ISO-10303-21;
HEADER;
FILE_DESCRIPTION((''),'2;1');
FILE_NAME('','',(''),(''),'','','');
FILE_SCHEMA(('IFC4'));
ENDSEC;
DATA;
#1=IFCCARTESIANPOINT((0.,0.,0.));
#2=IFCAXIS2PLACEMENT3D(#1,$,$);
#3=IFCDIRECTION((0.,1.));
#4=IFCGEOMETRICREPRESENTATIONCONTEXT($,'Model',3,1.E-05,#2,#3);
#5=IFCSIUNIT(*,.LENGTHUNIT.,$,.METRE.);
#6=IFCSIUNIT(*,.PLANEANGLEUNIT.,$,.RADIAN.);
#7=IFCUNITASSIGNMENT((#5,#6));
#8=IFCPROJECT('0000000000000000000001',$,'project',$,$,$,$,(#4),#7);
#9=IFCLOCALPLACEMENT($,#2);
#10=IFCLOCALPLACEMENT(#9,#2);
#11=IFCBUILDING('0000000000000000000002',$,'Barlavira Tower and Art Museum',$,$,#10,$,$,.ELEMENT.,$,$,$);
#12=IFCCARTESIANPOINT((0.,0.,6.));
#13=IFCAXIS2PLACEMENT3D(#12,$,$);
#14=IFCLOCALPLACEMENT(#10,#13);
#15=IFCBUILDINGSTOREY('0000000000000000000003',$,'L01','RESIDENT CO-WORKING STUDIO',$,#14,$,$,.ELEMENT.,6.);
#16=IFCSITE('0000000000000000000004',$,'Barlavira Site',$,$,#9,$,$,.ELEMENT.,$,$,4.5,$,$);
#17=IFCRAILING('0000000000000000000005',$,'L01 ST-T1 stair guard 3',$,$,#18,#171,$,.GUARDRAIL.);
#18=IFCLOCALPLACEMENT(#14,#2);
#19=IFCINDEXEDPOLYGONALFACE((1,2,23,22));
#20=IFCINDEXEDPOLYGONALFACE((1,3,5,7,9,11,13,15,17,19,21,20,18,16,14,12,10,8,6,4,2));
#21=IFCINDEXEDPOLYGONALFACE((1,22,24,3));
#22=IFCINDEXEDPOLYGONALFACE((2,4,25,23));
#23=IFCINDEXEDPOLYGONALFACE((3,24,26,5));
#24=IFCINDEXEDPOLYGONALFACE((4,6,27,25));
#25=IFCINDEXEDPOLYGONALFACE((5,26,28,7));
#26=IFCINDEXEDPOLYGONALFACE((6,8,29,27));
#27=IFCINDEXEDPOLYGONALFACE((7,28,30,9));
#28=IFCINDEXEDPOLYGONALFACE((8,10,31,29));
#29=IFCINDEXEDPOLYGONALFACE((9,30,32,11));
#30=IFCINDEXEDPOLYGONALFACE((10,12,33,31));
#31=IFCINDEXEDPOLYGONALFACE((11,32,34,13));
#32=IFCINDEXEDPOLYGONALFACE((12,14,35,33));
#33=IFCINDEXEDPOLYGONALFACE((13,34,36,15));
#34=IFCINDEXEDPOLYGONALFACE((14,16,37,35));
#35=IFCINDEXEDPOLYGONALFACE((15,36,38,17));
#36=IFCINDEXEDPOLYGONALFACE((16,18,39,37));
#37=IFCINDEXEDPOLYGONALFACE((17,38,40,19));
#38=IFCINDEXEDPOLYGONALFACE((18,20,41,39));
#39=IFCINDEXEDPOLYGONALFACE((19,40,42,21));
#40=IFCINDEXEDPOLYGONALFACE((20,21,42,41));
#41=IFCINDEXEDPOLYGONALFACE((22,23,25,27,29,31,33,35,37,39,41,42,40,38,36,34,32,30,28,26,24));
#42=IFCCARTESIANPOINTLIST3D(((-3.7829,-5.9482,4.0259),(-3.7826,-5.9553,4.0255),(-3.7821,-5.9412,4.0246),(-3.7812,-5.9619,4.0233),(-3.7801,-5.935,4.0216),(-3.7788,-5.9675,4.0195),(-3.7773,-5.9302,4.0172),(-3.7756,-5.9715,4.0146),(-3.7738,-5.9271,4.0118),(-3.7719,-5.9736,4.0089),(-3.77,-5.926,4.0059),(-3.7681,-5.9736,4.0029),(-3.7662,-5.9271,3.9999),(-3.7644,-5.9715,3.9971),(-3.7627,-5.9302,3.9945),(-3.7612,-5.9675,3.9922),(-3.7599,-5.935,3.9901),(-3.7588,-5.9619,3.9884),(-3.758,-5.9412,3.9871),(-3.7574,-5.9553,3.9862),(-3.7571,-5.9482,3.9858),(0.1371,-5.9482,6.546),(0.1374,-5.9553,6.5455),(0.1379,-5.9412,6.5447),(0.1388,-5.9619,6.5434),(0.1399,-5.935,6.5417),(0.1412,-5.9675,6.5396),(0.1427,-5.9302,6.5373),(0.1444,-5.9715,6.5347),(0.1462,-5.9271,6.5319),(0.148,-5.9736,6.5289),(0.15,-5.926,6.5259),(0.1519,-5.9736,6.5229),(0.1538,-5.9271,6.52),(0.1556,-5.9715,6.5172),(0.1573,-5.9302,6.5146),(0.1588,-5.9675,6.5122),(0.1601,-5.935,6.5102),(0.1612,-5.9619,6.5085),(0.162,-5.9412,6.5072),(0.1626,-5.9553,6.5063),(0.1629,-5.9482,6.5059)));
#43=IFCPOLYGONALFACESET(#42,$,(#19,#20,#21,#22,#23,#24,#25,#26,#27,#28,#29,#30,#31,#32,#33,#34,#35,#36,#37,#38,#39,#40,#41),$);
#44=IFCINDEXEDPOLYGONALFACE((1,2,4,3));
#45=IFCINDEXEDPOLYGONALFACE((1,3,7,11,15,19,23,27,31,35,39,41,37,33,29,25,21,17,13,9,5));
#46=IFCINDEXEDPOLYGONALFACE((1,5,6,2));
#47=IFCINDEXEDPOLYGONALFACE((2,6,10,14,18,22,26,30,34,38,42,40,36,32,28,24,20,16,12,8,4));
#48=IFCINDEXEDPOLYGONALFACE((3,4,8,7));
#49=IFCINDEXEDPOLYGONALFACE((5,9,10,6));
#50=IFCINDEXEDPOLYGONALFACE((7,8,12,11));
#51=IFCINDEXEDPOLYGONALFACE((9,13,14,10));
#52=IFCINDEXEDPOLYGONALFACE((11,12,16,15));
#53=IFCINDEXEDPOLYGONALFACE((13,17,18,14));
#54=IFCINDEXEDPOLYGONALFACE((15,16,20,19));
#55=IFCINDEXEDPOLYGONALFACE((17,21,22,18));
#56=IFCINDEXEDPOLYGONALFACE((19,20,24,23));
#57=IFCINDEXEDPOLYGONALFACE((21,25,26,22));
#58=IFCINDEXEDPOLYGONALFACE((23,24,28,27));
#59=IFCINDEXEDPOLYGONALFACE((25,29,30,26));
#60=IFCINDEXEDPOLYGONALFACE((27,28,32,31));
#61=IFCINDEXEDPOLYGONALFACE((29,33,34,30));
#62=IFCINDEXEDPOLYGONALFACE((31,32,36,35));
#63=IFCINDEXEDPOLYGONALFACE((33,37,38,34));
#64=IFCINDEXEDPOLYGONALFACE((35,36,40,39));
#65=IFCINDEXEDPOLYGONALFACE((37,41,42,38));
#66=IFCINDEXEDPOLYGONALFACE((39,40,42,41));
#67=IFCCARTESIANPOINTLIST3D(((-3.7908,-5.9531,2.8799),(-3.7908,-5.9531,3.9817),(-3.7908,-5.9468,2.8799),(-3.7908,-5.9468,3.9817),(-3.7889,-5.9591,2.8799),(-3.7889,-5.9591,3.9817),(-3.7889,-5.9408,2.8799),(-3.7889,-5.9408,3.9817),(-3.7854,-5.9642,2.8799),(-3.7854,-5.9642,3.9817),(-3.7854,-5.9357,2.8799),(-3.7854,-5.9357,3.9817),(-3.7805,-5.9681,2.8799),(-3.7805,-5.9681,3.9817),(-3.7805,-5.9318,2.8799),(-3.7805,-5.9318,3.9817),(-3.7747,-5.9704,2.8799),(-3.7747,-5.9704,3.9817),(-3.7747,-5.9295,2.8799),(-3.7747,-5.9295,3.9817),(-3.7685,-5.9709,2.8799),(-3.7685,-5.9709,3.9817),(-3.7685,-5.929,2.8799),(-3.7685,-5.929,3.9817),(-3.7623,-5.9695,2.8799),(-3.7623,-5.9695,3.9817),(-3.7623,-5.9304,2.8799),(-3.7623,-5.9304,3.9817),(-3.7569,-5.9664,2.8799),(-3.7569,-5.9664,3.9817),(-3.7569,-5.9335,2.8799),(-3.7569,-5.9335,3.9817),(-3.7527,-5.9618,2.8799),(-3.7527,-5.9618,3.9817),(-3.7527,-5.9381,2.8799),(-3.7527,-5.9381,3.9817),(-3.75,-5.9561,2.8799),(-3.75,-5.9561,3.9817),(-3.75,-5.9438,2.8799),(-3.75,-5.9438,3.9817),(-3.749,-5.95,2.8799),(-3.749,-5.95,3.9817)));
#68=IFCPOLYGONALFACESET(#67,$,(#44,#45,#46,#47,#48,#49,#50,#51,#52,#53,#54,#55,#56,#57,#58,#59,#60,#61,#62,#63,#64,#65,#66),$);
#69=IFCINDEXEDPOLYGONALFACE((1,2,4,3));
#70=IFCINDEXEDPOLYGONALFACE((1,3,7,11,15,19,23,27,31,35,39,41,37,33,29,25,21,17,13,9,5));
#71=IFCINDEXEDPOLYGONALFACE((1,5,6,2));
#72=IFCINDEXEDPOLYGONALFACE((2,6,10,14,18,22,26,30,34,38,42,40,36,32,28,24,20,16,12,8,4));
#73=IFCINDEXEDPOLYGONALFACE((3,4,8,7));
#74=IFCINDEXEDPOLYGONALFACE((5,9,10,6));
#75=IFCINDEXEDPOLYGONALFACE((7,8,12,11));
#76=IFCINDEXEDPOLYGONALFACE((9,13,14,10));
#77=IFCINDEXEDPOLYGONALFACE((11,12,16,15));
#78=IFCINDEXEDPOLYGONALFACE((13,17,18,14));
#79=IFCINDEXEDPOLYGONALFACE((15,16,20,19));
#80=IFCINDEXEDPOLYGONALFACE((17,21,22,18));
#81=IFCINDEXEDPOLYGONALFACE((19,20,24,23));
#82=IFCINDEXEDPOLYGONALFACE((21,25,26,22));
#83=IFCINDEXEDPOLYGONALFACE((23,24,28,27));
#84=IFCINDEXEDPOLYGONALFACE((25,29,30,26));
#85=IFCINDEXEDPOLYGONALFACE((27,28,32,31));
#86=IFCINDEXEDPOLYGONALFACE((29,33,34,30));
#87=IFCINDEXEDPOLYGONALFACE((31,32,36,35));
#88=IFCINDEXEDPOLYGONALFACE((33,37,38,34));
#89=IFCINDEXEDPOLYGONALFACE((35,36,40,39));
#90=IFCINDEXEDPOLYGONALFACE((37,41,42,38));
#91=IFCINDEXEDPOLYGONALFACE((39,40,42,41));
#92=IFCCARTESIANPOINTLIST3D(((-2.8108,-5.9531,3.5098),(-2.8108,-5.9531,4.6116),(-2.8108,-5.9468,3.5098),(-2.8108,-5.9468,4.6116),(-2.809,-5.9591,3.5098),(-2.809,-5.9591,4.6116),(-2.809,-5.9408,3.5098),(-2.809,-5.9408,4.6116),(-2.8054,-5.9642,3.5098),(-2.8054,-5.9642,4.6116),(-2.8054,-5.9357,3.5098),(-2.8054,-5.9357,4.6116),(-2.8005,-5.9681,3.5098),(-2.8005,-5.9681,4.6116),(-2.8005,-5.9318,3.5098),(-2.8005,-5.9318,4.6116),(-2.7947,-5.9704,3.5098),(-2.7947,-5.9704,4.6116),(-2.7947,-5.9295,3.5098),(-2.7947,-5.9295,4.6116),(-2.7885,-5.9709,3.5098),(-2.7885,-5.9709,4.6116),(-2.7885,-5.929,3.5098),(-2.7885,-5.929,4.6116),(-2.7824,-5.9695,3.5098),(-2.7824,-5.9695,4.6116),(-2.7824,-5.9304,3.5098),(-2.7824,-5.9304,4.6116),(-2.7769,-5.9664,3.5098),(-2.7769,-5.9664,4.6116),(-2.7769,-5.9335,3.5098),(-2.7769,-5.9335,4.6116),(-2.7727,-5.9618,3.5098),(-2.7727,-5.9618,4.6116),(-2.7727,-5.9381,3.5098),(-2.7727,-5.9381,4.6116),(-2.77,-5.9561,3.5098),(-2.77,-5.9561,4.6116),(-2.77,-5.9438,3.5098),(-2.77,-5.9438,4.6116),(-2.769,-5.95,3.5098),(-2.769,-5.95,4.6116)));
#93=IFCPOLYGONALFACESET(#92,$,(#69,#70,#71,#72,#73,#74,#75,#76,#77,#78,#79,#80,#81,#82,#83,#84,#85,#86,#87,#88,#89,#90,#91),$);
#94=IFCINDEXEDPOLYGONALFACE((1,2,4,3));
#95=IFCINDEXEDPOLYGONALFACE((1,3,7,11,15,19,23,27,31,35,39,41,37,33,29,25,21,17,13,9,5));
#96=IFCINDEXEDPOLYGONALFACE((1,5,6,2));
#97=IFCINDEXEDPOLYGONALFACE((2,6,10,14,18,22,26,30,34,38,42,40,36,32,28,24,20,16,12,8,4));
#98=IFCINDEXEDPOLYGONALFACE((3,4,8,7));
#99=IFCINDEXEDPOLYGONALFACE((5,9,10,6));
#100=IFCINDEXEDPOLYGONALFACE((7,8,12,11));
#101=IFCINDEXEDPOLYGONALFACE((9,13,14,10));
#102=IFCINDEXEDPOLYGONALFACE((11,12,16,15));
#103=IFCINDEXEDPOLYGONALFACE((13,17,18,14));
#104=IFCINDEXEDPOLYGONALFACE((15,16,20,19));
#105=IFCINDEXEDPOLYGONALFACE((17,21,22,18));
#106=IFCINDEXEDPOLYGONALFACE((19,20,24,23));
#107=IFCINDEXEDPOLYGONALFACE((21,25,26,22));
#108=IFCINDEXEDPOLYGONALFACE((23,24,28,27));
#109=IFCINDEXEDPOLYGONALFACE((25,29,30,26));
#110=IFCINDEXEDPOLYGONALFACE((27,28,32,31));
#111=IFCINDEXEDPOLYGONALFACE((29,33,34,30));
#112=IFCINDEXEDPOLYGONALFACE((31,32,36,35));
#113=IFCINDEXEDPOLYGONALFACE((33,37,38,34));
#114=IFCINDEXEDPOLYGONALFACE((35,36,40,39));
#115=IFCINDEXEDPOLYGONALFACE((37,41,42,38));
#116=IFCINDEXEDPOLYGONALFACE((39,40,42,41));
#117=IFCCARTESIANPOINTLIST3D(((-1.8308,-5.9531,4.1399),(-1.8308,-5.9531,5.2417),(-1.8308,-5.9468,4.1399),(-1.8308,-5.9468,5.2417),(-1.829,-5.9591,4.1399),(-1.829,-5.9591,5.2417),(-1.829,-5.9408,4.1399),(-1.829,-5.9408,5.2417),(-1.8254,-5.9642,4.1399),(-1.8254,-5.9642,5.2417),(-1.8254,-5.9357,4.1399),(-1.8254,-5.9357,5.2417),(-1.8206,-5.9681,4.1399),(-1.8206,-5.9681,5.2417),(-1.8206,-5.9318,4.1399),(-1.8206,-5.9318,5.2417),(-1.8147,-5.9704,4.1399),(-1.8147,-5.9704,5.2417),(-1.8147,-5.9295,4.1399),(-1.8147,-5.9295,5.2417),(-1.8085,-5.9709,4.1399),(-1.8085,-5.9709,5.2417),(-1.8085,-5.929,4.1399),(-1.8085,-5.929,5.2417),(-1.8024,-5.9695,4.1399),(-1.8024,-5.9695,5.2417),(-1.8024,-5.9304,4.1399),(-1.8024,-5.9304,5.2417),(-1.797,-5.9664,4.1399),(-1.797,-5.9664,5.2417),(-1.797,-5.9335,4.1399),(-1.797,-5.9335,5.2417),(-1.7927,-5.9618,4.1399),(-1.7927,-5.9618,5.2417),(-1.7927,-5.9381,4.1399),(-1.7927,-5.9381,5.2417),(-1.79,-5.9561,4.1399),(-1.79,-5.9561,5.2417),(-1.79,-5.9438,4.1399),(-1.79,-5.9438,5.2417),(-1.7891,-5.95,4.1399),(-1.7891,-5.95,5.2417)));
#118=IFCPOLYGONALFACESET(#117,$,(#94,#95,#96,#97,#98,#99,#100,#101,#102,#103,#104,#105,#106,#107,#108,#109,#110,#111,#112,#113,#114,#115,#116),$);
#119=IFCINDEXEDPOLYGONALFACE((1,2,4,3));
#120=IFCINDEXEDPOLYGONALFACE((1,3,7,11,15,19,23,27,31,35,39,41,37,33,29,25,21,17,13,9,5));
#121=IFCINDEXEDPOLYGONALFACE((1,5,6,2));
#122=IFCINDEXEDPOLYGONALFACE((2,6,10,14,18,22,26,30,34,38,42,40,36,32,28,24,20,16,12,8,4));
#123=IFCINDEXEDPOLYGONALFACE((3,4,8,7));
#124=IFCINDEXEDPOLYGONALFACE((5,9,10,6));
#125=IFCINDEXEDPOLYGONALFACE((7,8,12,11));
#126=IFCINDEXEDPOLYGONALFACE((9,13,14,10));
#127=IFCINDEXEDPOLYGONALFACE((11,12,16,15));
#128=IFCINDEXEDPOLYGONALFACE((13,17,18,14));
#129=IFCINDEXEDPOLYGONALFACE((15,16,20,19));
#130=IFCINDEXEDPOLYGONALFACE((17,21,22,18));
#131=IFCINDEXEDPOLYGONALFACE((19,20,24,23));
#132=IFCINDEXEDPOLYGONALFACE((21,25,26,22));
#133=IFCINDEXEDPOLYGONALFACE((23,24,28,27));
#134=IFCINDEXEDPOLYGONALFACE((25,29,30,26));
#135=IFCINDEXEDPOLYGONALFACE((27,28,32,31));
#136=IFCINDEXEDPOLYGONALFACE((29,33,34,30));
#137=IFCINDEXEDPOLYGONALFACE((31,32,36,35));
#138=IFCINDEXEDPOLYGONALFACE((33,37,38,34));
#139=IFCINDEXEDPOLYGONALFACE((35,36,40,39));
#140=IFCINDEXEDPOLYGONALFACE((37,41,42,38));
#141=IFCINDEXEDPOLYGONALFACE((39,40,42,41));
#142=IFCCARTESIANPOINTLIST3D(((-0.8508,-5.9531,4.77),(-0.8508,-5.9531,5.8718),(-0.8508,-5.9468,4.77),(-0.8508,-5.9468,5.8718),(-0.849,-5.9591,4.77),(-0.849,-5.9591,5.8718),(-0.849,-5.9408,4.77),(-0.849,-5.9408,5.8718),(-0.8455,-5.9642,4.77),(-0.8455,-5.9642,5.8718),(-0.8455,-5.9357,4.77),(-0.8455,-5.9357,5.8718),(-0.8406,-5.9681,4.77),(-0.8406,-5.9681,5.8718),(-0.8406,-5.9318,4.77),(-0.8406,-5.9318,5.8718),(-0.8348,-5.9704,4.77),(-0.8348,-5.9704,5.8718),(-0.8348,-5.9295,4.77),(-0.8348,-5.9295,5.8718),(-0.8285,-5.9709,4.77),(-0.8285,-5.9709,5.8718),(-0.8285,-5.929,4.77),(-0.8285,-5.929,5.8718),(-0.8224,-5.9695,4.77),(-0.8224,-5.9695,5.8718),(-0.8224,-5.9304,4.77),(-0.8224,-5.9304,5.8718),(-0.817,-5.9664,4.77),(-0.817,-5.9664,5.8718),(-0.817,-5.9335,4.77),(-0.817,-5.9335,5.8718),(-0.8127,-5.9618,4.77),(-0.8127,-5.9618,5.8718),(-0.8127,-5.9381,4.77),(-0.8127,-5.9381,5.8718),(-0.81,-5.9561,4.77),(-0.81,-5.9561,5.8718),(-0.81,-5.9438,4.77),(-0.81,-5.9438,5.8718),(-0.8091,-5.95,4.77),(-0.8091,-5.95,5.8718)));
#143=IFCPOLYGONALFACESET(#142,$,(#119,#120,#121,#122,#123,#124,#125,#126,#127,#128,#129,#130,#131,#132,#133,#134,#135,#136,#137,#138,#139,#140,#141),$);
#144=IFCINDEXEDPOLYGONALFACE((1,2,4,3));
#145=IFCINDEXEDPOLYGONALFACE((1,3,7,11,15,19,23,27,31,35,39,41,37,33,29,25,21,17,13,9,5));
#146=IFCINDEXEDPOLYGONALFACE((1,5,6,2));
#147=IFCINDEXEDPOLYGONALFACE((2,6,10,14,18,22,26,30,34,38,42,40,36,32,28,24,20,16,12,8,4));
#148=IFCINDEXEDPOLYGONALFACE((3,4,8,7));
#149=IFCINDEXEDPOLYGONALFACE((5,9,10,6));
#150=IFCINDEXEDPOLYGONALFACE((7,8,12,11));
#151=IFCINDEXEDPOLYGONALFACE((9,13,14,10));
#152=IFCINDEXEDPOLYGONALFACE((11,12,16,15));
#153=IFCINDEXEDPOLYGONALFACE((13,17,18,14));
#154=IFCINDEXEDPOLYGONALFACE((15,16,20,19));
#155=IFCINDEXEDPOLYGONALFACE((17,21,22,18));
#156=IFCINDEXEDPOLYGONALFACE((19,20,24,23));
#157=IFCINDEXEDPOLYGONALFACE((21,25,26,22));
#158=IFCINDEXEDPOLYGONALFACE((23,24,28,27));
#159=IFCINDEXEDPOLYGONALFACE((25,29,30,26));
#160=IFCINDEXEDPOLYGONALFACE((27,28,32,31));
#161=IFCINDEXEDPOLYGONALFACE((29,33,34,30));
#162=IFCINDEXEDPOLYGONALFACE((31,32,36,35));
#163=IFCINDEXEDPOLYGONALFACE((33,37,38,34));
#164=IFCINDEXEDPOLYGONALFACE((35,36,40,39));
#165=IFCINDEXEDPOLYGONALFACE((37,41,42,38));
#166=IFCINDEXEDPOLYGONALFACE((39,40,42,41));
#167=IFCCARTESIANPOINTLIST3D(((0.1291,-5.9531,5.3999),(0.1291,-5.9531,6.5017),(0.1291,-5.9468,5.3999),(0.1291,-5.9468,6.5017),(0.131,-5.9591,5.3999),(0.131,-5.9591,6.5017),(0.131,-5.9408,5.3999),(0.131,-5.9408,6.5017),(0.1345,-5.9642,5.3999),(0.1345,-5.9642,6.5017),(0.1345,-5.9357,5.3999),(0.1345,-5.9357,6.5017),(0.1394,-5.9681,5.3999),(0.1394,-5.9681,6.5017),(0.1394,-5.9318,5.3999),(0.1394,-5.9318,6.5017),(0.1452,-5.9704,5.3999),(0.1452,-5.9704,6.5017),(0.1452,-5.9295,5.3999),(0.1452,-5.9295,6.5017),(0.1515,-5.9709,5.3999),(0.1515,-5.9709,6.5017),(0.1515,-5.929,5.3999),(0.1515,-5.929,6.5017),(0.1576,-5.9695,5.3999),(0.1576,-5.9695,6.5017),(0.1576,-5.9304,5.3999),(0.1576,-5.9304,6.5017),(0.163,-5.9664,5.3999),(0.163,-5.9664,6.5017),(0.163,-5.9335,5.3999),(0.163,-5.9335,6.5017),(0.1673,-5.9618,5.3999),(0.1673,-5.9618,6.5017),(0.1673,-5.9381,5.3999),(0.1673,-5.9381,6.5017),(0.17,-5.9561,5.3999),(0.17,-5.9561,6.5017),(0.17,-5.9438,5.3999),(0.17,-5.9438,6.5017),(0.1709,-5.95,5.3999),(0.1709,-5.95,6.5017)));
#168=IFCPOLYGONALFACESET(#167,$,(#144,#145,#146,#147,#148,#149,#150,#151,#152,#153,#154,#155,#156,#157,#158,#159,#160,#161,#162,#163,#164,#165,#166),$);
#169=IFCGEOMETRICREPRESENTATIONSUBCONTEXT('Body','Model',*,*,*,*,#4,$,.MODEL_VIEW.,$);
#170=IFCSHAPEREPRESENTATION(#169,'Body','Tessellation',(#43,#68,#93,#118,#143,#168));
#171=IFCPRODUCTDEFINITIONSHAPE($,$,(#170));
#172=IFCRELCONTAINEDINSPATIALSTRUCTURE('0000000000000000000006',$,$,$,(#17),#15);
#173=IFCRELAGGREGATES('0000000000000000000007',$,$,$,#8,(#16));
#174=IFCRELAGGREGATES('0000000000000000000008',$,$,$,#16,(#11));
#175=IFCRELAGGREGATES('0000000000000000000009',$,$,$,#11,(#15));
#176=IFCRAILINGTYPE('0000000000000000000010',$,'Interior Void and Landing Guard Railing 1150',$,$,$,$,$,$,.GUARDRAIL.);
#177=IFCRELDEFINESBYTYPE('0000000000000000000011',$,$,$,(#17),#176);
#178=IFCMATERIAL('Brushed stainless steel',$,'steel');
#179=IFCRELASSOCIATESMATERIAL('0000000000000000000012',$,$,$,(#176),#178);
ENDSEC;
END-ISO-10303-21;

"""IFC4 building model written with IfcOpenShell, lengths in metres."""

from ifc_helpers import new_model, si_unit, direction, frame, origin, origin_2d, place, context, subcontext, project, spatial, circle, extrude, material, type_object, element, save


model = new_model("IFC4")

# Units and contexts
model_context = context("Model", 3, precision=1e-05, world=origin(), true_north=direction((0.0, 1.0)))
body_context = subcontext(model_context, "Body", "Model", "MODEL_VIEW")
ifc_project = project(units=[si_unit("LENGTHUNIT", "METRE"), si_unit("PLANEANGLEUNIT", "RADIAN")], contexts=[model_context])

# Site, building, storey
site_placement = place(None, origin())
site = spatial("IfcSite", under=ifc_project, at=site_placement, Name="Barlavira Site", CompositionType="ELEMENT", RefElevation=4.5)
building_placement = place(site_placement, origin())
building = spatial("IfcBuilding", under=site, at=building_placement, Name="Barlavira Tower and Art Museum", CompositionType="ELEMENT")
storey_placement = place(building_placement, frame((0.0, 0.0, 6.0)))
storey = spatial("IfcBuildingStorey", under=building, at=storey_placement, Name="L01", Description="RESIDENT CO-WORKING STUDIO", CompositionType="ELEMENT", Elevation=6.0)

# Shared definitions
ifc_material_1 = material(Name="Brushed stainless steel", Category="steel")

# Railing
railing_type_1 = type_object("IfcRailingType", Name="Interior Void and Landing Guard Railing 1150", PredefinedType="GUARDRAIL", material=ifc_material_1)
railing_1_placement = place(storey_placement, frame((-3.77, -5.95, 2.8799)))
element("IfcRailing", 1, at=railing_1_placement, inside=storey, type_object=railing_type_1, Name="L01 ST-T1 stair guard 3", PredefinedType="GUARDRAIL", context=body_context, shape_type="SweptSolid", body=[
    extrude(circle(Radius=0.0239, at=origin_2d()), frame((0.0, 0.0, 1.126), z_axis=(0.841172, 0.0, 0.540768), x_axis=(0.0, 1.0, 0.0)), (0.0, 0.0, 1.0), 4.6602),
    extrude(circle(Radius=0.021, at=origin_2d()), origin(), (0.0, 0.0, 1.0), 1.1018),
    extrude(circle(Radius=0.021, at=origin_2d()), frame((0.98, 0.0, 0.6299)), (0.0, 0.0, 1.0), 1.1018),
    extrude(circle(Radius=0.021, at=origin_2d()), frame((1.96, 0.0, 1.26)), (0.0, 0.0, 1.0), 1.1018),
    extrude(circle(Radius=0.021, at=origin_2d()), frame((2.9399, 0.0, 1.8901)), (0.0, 0.0, 1.0), 1.1018),
    extrude(circle(Radius=0.021, at=origin_2d()), frame((3.9199, 0.0, 2.52)), (0.0, 0.0, 1.0), 1.1018),
])

save(model, "model.ifc")
